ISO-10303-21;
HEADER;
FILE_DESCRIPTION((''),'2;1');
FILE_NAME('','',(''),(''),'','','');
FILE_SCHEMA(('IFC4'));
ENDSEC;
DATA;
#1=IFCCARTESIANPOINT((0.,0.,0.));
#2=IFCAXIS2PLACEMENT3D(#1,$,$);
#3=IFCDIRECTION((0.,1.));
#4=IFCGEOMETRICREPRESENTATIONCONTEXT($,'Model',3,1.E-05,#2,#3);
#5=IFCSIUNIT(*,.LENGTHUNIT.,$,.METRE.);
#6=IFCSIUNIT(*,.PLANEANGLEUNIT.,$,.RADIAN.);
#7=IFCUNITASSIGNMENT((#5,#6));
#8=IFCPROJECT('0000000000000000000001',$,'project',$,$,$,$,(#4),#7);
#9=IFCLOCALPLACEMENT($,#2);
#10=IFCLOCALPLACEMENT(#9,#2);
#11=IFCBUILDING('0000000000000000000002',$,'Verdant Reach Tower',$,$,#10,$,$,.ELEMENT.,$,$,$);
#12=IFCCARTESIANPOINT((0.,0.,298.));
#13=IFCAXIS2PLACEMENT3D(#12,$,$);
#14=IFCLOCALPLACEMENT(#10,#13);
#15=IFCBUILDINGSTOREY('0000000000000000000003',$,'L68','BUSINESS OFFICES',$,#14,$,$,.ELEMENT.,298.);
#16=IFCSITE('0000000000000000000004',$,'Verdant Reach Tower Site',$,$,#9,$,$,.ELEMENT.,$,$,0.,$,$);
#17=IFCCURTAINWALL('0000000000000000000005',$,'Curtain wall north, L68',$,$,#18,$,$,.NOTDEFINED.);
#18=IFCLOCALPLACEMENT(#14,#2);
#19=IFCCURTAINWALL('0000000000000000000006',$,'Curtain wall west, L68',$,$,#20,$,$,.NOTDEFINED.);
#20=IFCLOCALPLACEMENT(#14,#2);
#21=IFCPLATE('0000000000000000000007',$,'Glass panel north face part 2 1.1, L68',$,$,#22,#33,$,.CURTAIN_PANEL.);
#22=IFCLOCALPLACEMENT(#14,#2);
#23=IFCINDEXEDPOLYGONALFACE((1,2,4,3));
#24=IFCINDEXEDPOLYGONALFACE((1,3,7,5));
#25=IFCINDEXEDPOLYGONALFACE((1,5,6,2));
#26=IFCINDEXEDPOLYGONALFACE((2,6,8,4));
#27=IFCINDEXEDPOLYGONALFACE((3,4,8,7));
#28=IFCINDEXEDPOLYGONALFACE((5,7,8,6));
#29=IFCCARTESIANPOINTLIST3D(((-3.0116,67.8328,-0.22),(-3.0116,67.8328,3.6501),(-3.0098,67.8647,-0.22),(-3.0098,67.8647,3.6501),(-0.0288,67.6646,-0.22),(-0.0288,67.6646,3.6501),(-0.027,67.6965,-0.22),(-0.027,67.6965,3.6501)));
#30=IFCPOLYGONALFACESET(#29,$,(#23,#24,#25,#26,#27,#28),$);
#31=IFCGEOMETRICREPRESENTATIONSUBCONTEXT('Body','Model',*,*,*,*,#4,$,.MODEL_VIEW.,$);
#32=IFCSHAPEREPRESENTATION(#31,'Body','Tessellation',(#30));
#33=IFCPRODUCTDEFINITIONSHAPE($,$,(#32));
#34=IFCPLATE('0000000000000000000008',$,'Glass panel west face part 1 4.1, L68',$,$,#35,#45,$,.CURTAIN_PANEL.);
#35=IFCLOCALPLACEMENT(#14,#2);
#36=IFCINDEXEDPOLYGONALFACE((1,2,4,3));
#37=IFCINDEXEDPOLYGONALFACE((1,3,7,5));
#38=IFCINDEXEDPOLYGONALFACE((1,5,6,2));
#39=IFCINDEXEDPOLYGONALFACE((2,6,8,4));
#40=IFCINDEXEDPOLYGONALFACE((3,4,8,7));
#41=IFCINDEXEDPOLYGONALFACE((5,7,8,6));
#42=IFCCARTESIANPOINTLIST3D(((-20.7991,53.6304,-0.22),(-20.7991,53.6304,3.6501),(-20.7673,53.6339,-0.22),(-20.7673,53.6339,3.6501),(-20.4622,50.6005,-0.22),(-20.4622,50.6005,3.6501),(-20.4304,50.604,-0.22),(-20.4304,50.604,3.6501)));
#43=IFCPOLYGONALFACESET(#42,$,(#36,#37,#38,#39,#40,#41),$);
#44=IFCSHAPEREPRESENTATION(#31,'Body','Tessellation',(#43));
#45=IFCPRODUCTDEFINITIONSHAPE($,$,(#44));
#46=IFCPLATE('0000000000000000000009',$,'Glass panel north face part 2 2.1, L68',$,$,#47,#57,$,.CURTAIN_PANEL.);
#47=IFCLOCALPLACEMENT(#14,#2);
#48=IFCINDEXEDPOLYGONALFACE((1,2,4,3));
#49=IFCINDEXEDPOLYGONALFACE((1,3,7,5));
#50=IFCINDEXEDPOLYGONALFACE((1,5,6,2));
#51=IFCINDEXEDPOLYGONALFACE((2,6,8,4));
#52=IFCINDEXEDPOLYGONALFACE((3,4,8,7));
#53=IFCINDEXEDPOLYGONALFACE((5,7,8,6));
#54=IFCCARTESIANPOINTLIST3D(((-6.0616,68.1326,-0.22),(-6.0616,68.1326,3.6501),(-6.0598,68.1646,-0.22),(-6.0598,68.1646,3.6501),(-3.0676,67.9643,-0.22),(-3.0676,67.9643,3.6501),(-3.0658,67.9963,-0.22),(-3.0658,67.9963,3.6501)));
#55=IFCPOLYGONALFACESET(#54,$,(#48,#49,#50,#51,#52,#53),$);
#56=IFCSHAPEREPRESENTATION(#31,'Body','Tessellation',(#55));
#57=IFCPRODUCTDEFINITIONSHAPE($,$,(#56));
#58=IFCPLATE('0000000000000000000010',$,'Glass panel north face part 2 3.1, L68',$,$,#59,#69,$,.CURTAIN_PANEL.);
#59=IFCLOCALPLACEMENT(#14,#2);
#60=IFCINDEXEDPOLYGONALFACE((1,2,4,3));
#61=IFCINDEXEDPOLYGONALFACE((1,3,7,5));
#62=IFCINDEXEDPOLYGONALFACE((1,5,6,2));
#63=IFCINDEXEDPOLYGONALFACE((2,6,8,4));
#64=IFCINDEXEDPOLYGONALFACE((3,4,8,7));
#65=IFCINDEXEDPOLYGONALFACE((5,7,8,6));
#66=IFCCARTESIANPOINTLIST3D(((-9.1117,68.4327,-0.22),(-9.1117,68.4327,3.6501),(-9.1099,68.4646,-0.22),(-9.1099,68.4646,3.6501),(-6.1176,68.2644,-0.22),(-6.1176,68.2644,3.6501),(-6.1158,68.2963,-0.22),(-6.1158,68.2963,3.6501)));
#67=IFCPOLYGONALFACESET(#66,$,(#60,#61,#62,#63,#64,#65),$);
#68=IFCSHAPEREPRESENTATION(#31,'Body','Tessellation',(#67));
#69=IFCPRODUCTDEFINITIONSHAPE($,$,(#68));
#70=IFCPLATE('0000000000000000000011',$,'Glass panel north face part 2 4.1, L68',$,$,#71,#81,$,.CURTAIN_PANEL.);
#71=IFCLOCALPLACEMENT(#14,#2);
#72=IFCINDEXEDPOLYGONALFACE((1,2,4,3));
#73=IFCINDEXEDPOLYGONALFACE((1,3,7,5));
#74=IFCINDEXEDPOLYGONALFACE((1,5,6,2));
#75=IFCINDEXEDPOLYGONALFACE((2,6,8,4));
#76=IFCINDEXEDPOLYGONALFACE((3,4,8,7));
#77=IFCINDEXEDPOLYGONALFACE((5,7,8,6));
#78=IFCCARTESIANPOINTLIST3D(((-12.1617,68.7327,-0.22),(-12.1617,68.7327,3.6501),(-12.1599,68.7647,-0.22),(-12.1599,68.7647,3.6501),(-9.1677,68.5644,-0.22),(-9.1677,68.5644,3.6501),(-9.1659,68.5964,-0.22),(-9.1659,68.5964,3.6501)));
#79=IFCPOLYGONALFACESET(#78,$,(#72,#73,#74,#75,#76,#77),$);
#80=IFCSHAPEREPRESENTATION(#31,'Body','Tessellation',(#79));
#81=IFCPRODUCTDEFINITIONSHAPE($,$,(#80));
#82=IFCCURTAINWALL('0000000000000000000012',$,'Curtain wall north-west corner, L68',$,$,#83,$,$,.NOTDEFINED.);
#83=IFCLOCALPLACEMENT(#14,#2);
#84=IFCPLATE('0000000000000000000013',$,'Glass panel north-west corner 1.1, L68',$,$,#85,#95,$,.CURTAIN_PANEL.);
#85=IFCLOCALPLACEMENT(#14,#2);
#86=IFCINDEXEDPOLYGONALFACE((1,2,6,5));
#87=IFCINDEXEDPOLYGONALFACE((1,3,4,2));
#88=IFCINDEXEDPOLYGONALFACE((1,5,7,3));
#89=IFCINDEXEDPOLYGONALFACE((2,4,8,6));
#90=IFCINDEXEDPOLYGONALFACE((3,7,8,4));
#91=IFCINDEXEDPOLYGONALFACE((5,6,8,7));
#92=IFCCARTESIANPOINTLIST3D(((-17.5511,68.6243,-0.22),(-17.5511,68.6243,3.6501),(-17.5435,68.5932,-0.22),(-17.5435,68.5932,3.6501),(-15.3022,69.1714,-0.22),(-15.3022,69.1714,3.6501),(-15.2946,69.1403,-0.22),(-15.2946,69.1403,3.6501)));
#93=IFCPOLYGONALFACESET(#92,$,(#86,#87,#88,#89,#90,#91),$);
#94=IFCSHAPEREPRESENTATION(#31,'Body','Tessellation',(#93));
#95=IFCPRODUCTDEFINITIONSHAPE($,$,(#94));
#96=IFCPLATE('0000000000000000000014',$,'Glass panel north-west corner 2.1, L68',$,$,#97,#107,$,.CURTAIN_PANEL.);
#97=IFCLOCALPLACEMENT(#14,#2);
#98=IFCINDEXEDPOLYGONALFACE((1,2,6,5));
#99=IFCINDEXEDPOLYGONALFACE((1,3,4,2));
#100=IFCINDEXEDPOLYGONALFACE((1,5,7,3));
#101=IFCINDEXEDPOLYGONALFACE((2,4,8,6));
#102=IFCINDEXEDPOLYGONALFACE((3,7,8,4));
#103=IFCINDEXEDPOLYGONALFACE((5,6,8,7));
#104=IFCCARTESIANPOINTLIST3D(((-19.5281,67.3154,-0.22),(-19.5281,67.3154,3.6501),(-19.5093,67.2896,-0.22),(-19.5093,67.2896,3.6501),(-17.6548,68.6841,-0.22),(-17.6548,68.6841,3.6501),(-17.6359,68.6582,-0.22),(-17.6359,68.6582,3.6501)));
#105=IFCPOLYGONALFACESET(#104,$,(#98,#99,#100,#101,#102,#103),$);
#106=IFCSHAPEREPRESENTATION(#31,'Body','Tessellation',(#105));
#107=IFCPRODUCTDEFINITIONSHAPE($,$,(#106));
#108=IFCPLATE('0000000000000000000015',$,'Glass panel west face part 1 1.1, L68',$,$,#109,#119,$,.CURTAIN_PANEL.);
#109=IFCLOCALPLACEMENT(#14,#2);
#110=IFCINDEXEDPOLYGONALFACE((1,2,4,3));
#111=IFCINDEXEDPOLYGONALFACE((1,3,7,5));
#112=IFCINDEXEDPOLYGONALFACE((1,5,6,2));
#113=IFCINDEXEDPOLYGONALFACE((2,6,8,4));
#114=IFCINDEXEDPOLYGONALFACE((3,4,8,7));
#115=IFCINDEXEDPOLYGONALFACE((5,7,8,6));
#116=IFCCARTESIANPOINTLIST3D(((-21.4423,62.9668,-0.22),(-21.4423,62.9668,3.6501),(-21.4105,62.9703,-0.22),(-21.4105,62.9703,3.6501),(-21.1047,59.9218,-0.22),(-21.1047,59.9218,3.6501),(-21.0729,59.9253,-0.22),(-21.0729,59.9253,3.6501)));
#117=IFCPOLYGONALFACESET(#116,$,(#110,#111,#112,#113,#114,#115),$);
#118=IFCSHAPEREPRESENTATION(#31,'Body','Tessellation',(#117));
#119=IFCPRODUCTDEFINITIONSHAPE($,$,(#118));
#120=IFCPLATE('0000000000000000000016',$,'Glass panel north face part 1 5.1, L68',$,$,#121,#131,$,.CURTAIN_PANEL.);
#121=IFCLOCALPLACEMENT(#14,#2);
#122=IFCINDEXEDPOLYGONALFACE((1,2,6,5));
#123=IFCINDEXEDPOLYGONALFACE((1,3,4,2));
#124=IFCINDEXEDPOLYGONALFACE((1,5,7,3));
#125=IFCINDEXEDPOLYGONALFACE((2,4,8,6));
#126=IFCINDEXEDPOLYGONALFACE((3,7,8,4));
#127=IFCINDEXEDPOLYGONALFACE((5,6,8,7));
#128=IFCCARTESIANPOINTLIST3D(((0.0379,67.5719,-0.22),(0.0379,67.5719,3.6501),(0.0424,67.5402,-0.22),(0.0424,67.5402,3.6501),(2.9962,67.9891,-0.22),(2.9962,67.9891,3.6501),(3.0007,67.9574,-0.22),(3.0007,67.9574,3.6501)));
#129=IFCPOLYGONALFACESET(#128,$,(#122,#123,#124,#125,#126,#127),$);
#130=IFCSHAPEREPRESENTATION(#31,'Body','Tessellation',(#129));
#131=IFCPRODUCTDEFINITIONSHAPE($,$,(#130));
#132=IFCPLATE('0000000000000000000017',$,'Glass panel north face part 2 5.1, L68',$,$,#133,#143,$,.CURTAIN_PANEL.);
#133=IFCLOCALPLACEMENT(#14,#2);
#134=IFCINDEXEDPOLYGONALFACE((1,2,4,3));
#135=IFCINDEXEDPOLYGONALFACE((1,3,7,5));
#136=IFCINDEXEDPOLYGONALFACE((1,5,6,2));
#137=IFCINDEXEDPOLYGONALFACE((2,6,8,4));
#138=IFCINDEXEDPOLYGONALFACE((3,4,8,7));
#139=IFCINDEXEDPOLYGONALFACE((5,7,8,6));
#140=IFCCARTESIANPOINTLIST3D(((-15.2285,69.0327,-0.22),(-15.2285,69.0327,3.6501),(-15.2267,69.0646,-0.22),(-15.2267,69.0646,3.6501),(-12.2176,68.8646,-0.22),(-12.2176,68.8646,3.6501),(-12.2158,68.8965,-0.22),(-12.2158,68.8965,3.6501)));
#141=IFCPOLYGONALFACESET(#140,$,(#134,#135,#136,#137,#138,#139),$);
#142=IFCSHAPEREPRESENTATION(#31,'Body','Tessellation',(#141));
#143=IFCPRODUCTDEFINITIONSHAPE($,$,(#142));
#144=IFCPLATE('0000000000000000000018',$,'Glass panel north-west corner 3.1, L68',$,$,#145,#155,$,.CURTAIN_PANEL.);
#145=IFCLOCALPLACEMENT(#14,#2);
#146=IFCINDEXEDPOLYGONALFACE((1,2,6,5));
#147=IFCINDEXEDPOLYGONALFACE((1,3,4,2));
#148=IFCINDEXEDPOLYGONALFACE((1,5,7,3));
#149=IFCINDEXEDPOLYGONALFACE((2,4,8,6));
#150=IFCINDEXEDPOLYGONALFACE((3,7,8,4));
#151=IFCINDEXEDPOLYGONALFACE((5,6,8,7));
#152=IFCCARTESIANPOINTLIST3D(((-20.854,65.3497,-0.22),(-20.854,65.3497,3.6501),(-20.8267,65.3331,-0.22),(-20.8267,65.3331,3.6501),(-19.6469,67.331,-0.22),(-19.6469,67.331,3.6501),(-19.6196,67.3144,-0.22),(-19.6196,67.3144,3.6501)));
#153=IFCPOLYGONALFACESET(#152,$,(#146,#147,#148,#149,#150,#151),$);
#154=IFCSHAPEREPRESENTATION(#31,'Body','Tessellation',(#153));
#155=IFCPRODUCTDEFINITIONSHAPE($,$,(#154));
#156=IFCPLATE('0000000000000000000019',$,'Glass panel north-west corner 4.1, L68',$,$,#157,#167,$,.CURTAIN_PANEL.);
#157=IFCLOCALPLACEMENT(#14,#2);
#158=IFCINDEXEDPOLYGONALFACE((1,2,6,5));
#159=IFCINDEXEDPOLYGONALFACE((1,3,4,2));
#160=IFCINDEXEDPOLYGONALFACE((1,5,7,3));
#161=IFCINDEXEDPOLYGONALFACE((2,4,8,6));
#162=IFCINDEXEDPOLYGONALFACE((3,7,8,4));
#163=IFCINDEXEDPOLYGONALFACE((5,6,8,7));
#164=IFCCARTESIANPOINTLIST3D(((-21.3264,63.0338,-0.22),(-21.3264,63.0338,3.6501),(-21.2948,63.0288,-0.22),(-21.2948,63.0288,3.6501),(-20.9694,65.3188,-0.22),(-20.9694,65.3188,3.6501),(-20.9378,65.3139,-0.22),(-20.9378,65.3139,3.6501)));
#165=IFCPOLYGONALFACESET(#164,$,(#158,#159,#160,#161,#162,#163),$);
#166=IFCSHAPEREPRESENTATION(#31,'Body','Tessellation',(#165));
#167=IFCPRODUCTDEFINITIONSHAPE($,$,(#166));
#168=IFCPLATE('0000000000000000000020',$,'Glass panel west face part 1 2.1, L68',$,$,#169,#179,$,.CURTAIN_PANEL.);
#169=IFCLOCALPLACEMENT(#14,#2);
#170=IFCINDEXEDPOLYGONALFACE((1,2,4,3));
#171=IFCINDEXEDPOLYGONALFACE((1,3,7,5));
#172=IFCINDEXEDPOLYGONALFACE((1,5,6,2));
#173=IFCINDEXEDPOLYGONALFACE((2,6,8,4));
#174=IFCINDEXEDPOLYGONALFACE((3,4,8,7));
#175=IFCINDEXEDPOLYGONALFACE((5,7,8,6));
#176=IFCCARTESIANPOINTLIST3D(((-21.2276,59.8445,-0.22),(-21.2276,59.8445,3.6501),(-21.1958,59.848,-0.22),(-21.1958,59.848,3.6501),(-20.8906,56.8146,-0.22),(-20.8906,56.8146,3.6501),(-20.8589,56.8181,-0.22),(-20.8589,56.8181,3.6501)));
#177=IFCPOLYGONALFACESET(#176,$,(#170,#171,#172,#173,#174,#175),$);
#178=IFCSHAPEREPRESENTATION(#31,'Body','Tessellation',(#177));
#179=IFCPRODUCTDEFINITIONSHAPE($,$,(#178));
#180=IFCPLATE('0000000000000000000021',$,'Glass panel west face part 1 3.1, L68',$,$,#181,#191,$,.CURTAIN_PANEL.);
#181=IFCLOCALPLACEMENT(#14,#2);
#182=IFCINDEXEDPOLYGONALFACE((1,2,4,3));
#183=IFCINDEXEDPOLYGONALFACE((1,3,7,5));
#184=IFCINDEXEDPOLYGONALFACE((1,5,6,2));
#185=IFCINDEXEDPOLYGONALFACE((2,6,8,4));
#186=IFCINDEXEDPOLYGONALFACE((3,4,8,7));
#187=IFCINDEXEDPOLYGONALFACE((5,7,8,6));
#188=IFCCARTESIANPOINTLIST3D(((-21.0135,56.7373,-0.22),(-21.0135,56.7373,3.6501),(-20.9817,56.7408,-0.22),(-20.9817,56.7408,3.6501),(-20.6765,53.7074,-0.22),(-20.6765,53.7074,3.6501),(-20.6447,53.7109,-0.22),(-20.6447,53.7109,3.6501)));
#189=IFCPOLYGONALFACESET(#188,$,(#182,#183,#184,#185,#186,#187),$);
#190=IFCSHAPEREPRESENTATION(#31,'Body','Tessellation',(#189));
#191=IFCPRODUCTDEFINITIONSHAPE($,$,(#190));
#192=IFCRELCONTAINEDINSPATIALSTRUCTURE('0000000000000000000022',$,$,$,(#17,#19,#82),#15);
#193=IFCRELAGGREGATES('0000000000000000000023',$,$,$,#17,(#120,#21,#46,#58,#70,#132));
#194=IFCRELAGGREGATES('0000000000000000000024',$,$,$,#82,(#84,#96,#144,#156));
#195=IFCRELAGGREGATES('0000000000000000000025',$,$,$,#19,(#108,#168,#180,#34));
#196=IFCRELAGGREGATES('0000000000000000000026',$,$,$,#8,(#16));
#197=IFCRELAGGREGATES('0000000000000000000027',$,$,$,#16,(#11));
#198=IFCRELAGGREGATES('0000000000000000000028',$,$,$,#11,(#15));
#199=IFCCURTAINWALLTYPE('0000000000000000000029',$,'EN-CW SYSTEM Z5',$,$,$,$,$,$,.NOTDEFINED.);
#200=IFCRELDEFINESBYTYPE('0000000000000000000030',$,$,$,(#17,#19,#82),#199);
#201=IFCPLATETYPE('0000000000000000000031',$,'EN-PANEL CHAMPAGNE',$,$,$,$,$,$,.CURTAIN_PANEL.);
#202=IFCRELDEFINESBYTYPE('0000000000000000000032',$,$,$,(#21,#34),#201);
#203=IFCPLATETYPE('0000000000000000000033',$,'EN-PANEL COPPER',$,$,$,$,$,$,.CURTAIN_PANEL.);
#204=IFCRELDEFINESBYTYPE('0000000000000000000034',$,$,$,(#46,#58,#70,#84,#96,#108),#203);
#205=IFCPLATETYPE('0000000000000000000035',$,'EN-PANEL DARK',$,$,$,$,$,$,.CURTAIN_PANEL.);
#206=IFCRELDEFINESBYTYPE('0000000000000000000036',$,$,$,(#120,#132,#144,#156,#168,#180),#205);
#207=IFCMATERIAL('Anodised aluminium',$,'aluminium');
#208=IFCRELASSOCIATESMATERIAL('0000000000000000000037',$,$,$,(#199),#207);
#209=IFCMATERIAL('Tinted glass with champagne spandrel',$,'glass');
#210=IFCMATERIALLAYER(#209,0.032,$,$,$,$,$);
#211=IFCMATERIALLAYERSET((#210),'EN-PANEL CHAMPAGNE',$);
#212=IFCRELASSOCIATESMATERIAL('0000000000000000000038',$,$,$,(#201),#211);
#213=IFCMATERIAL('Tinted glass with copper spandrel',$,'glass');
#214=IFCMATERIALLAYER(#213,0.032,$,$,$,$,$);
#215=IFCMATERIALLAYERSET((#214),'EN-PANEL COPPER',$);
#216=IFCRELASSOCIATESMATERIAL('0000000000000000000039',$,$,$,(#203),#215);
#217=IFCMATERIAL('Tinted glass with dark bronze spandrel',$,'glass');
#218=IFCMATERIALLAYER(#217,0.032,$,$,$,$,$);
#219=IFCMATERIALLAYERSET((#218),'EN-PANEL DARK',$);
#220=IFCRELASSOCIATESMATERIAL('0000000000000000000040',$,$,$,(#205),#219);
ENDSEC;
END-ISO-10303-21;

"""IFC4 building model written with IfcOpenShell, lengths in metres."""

from ifc_helpers import new_model, si_unit, direction, frame, origin, origin_2d, place, context, subcontext, project, spatial, rectangle, extrude, material, layer, layer_set, type_object, element, aggregate, save


model = new_model("IFC4")

# Units and contexts
model_context = context("Model", 3, precision=1e-05, world=origin(), true_north=direction((0.0, 1.0)))
body_context = subcontext(model_context, "Body", "Model", "MODEL_VIEW")
ifc_project = project(units=[si_unit("LENGTHUNIT", "METRE"), si_unit("PLANEANGLEUNIT", "RADIAN")], contexts=[model_context])

# Site, building, storey
site_placement = place(None, origin())
site = spatial("IfcSite", under=ifc_project, at=site_placement, Name="Verdant Reach Tower Site", CompositionType="ELEMENT", RefElevation=0.0)
building_placement = place(site_placement, origin())
building = spatial("IfcBuilding", under=site, at=building_placement, Name="Verdant Reach Tower", CompositionType="ELEMENT")
storey_placement = place(building_placement, frame((0.0, 0.0, 298.0)))
storey = spatial("IfcBuildingStorey", under=building, at=storey_placement, Name="L68", Description="BUSINESS OFFICES", CompositionType="ELEMENT", Elevation=298.0)

# Curtain walls
ifc_material_1 = material(Name="Anodised aluminium", Category="aluminium")
curtain_wall_type = type_object("IfcCurtainWallType", Name="EN-CW SYSTEM Z5", PredefinedType="NOTDEFINED", material=ifc_material_1)
curtain_wall_1_placement = place(storey_placement, origin())
curtain_wall_1 = element("IfcCurtainWall", 1, at=curtain_wall_1_placement, inside=storey, type_object=curtain_wall_type, Name="Curtain wall north, L68", PredefinedType="NOTDEFINED")
curtain_wall_2_placement = place(storey_placement, origin())
curtain_wall_2 = element("IfcCurtainWall", 2, at=curtain_wall_2_placement, inside=storey, type_object=curtain_wall_type, Name="Curtain wall west, L68", PredefinedType="NOTDEFINED")

# Plates
ifc_material_2 = material(Name="Tinted glass with champagne spandrel", Category="glass")
ifc_layer_1 = layer(ifc_material_2, 0.032)
ifc_layer_set_1 = layer_set([ifc_layer_1], Name="EN-PANEL CHAMPAGNE")
plate_type_1 = type_object("IfcPlateType", Name="EN-PANEL CHAMPAGNE", PredefinedType="CURTAIN_PANEL", material=ifc_layer_set_1)
plate_1_placement = place(storey_placement, frame((-1.5193, 67.7646, -0.22), z_axis=(0.0, 0.0, 1.0), x_axis=(-0.998413, 0.056308, 0.0)))
plate_1 = element("IfcPlate", 3, at=plate_1_placement, type_object=plate_type_1, Name="Glass panel north face part 2 1.1, L68", PredefinedType="CURTAIN_PANEL", context=body_context, shape_type="SweptSolid", body=[
    extrude(rectangle(XDim=2.9875, YDim=0.032, at=origin_2d()), origin(), (0.0, 0.0, 1.0), 3.8701),
])
plate_2_placement = place(storey_placement, frame((-20.6147, 52.1172, -0.22), z_axis=(0.0, 0.0, 1.0), x_axis=(0.110518, -0.993874, 0.0)))
plate_2 = element("IfcPlate", 4, at=plate_2_placement, type_object=plate_type_1, Name="Glass panel west face part 1 4.1, L68", PredefinedType="CURTAIN_PANEL", context=body_context, shape_type="SweptSolid", body=[
    extrude(rectangle(XDim=3.0486, YDim=0.032, at=origin_2d()), origin(), (0.0, 0.0, 1.0), 3.8701),
])
ifc_material_3 = material(Name="Tinted glass with copper spandrel", Category="glass")
ifc_layer_2 = layer(ifc_material_3, 0.032)
ifc_layer_set_2 = layer_set([ifc_layer_2], Name="EN-PANEL COPPER")
plate_type_2 = type_object("IfcPlateType", Name="EN-PANEL COPPER", PredefinedType="CURTAIN_PANEL", material=ifc_layer_set_2)
plate_3_placement = place(storey_placement, frame((-4.5637, 68.0645, -0.22), z_axis=(0.0, 0.0, 1.0), x_axis=(-0.998424, 0.056128, 0.0)))
plate_3 = element("IfcPlate", 5, at=plate_3_placement, type_object=plate_type_2, Name="Glass panel north face part 2 2.1, L68", PredefinedType="CURTAIN_PANEL", context=body_context, shape_type="SweptSolid", body=[
    extrude(rectangle(XDim=2.9988, YDim=0.032, at=origin_2d()), origin(), (0.0, 0.0, 1.0), 3.8701),
])
plate_4_placement = place(storey_placement, frame((-7.6138, 68.3645, -0.22), z_axis=(0.0, 0.0, 1.0), x_axis=(-0.998424, 0.056128, 0.0)))
plate_4 = element("IfcPlate", 6, at=plate_4_placement, type_object=plate_type_2, Name="Glass panel north face part 2 3.1, L68", PredefinedType="CURTAIN_PANEL", context=body_context, shape_type="SweptSolid", body=[
    extrude(rectangle(XDim=2.9988, YDim=0.032, at=origin_2d()), origin(), (0.0, 0.0, 1.0), 3.8701),
])
plate_5_placement = place(storey_placement, frame((-10.6638, 68.6646, -0.22), z_axis=(0.0, 0.0, 1.0), x_axis=(-0.998424, 0.056128, 0.0)))
plate_5 = element("IfcPlate", 7, at=plate_5_placement, type_object=plate_type_2, Name="Glass panel north face part 2 4.1, L68", PredefinedType="CURTAIN_PANEL", context=body_context, shape_type="SweptSolid", body=[
    extrude(rectangle(XDim=2.9988, YDim=0.032, at=origin_2d()), origin(), (0.0, 0.0, 1.0), 3.8701),
])

# Curtain wall, plates
curtain_wall_3_placement = place(storey_placement, origin())
curtain_wall_3 = element("IfcCurtainWall", 8, at=curtain_wall_3_placement, inside=storey, type_object=curtain_wall_type, Name="Curtain wall north-west corner, L68", PredefinedType="NOTDEFINED")
plate_6_placement = place(storey_placement, frame((-16.4229, 68.8823, -0.22), z_axis=(0.0, 0.0, 1.0), x_axis=(-0.971662, -0.236376, 0.0)))
plate_6 = element("IfcPlate", 9, at=plate_6_placement, type_object=plate_type_2, Name="Glass panel north-west corner 1.1, L68", PredefinedType="CURTAIN_PANEL", context=body_context, shape_type="SweptSolid", body=[
    extrude(rectangle(XDim=2.3145, YDim=0.032, at=origin_2d()), origin(), (0.0, 0.0, 1.0), 3.8701),
])
plate_7_placement = place(storey_placement, frame((-18.582, 67.9868, -0.22), z_axis=(0.0, 0.0, 1.0), x_axis=(-0.807457, -0.589927, 0.0)))
plate_7 = element("IfcPlate", 10, at=plate_7_placement, type_object=plate_type_2, Name="Glass panel north-west corner 2.1, L68", PredefinedType="CURTAIN_PANEL", context=body_context, shape_type="SweptSolid", body=[
    extrude(rectangle(XDim=2.3201, YDim=0.032, at=origin_2d()), origin(), (0.0, 0.0, 1.0), 3.8701),
])

# Plates
plate_8_placement = place(storey_placement, frame((-21.2576, 61.446, -0.22), z_axis=(0.0, 0.0, 1.0), x_axis=(0.110198, -0.99391, 0.0)))
plate_8 = element("IfcPlate", 11, at=plate_8_placement, type_object=plate_type_2, Name="Glass panel west face part 1 1.1, L68", PredefinedType="CURTAIN_PANEL", context=body_context, shape_type="SweptSolid", body=[
    extrude(rectangle(XDim=3.0637, YDim=0.032, at=origin_2d()), origin(), (0.0, 0.0, 1.0), 3.8701),
])
ifc_material_4 = material(Name="Tinted glass with dark bronze spandrel", Category="glass")
ifc_layer_3 = layer(ifc_material_4, 0.032)
ifc_layer_set_3 = layer_set([ifc_layer_3], Name="EN-PANEL DARK")
plate_type_3 = type_object("IfcPlateType", Name="EN-PANEL DARK", PredefinedType="CURTAIN_PANEL", material=ifc_layer_set_3)
plate_9_placement = place(storey_placement, frame((1.5193, 67.7646, -0.22), z_axis=(0.0, 0.0, 1.0), x_axis=(-0.9902, -0.139656, 0.0)))
plate_9 = element("IfcPlate", 12, at=plate_9_placement, type_object=plate_type_3, Name="Glass panel north face part 1 5.1, L68", PredefinedType="CURTAIN_PANEL", context=body_context, shape_type="SweptSolid", body=[
    extrude(rectangle(XDim=2.9875, YDim=0.032, at=origin_2d()), origin(), (0.0, 0.0, 1.0), 3.8701),
])
plate_10_placement = place(storey_placement, frame((-13.7222, 68.9646, -0.22), z_axis=(0.0, 0.0, 1.0), x_axis=(-0.998446, 0.055725, 0.0)))
plate_10 = element("IfcPlate", 13, at=plate_10_placement, type_object=plate_type_3, Name="Glass panel north face part 2 5.1, L68", PredefinedType="CURTAIN_PANEL", context=body_context, shape_type="SweptSolid", body=[
    extrude(rectangle(XDim=3.0156, YDim=0.032, at=origin_2d()), origin(), (0.0, 0.0, 1.0), 3.8701),
])
aggregate(curtain_wall_1, [plate_9, plate_1, plate_3, plate_4, plate_5, plate_10])
plate_11_placement = place(storey_placement, frame((-20.2368, 66.332, -0.22), z_axis=(0.0, 0.0, 1.0), x_axis=(-0.520292, -0.853989, 0.0)))
plate_11 = element("IfcPlate", 14, at=plate_11_placement, type_object=plate_type_3, Name="Glass panel north-west corner 3.1, L68", PredefinedType="CURTAIN_PANEL", context=body_context, shape_type="SweptSolid", body=[
    extrude(rectangle(XDim=2.3201, YDim=0.032, at=origin_2d()), origin(), (0.0, 0.0, 1.0), 3.8701),
])
plate_12_placement = place(storey_placement, frame((-21.1321, 64.1738, -0.22), z_axis=(0.0, 0.0, 1.0), x_axis=(-0.154337, -0.988018, 0.0)))
plate_12 = element("IfcPlate", 15, at=plate_12_placement, type_object=plate_type_3, Name="Glass panel north-west corner 4.1, L68", PredefinedType="CURTAIN_PANEL", context=body_context, shape_type="SweptSolid", body=[
    extrude(rectangle(XDim=2.3127, YDim=0.032, at=origin_2d()), origin(), (0.0, 0.0, 1.0), 3.8701),
])
aggregate(curtain_wall_3, [plate_6, plate_7, plate_11, plate_12])
plate_13_placement = place(storey_placement, frame((-21.0432, 58.3313, -0.22), z_axis=(0.0, 0.0, 1.0), x_axis=(0.110518, -0.993874, 0.0)))
plate_13 = element("IfcPlate", 16, at=plate_13_placement, type_object=plate_type_3, Name="Glass panel west face part 1 2.1, L68", PredefinedType="CURTAIN_PANEL", context=body_context, shape_type="SweptSolid", body=[
    extrude(rectangle(XDim=3.0486, YDim=0.032, at=origin_2d()), origin(), (0.0, 0.0, 1.0), 3.8701),
])
plate_14_placement = place(storey_placement, frame((-20.8291, 55.2241, -0.22), z_axis=(0.0, 0.0, 1.0), x_axis=(0.110518, -0.993874, 0.0)))
plate_14 = element("IfcPlate", 17, at=plate_14_placement, type_object=plate_type_3, Name="Glass panel west face part 1 3.1, L68", PredefinedType="CURTAIN_PANEL", context=body_context, shape_type="SweptSolid", body=[
    extrude(rectangle(XDim=3.0486, YDim=0.032, at=origin_2d()), origin(), (0.0, 0.0, 1.0), 3.8701),
])
aggregate(curtain_wall_2, [plate_8, plate_13, plate_14, plate_2])

save(model, "model.ifc")
